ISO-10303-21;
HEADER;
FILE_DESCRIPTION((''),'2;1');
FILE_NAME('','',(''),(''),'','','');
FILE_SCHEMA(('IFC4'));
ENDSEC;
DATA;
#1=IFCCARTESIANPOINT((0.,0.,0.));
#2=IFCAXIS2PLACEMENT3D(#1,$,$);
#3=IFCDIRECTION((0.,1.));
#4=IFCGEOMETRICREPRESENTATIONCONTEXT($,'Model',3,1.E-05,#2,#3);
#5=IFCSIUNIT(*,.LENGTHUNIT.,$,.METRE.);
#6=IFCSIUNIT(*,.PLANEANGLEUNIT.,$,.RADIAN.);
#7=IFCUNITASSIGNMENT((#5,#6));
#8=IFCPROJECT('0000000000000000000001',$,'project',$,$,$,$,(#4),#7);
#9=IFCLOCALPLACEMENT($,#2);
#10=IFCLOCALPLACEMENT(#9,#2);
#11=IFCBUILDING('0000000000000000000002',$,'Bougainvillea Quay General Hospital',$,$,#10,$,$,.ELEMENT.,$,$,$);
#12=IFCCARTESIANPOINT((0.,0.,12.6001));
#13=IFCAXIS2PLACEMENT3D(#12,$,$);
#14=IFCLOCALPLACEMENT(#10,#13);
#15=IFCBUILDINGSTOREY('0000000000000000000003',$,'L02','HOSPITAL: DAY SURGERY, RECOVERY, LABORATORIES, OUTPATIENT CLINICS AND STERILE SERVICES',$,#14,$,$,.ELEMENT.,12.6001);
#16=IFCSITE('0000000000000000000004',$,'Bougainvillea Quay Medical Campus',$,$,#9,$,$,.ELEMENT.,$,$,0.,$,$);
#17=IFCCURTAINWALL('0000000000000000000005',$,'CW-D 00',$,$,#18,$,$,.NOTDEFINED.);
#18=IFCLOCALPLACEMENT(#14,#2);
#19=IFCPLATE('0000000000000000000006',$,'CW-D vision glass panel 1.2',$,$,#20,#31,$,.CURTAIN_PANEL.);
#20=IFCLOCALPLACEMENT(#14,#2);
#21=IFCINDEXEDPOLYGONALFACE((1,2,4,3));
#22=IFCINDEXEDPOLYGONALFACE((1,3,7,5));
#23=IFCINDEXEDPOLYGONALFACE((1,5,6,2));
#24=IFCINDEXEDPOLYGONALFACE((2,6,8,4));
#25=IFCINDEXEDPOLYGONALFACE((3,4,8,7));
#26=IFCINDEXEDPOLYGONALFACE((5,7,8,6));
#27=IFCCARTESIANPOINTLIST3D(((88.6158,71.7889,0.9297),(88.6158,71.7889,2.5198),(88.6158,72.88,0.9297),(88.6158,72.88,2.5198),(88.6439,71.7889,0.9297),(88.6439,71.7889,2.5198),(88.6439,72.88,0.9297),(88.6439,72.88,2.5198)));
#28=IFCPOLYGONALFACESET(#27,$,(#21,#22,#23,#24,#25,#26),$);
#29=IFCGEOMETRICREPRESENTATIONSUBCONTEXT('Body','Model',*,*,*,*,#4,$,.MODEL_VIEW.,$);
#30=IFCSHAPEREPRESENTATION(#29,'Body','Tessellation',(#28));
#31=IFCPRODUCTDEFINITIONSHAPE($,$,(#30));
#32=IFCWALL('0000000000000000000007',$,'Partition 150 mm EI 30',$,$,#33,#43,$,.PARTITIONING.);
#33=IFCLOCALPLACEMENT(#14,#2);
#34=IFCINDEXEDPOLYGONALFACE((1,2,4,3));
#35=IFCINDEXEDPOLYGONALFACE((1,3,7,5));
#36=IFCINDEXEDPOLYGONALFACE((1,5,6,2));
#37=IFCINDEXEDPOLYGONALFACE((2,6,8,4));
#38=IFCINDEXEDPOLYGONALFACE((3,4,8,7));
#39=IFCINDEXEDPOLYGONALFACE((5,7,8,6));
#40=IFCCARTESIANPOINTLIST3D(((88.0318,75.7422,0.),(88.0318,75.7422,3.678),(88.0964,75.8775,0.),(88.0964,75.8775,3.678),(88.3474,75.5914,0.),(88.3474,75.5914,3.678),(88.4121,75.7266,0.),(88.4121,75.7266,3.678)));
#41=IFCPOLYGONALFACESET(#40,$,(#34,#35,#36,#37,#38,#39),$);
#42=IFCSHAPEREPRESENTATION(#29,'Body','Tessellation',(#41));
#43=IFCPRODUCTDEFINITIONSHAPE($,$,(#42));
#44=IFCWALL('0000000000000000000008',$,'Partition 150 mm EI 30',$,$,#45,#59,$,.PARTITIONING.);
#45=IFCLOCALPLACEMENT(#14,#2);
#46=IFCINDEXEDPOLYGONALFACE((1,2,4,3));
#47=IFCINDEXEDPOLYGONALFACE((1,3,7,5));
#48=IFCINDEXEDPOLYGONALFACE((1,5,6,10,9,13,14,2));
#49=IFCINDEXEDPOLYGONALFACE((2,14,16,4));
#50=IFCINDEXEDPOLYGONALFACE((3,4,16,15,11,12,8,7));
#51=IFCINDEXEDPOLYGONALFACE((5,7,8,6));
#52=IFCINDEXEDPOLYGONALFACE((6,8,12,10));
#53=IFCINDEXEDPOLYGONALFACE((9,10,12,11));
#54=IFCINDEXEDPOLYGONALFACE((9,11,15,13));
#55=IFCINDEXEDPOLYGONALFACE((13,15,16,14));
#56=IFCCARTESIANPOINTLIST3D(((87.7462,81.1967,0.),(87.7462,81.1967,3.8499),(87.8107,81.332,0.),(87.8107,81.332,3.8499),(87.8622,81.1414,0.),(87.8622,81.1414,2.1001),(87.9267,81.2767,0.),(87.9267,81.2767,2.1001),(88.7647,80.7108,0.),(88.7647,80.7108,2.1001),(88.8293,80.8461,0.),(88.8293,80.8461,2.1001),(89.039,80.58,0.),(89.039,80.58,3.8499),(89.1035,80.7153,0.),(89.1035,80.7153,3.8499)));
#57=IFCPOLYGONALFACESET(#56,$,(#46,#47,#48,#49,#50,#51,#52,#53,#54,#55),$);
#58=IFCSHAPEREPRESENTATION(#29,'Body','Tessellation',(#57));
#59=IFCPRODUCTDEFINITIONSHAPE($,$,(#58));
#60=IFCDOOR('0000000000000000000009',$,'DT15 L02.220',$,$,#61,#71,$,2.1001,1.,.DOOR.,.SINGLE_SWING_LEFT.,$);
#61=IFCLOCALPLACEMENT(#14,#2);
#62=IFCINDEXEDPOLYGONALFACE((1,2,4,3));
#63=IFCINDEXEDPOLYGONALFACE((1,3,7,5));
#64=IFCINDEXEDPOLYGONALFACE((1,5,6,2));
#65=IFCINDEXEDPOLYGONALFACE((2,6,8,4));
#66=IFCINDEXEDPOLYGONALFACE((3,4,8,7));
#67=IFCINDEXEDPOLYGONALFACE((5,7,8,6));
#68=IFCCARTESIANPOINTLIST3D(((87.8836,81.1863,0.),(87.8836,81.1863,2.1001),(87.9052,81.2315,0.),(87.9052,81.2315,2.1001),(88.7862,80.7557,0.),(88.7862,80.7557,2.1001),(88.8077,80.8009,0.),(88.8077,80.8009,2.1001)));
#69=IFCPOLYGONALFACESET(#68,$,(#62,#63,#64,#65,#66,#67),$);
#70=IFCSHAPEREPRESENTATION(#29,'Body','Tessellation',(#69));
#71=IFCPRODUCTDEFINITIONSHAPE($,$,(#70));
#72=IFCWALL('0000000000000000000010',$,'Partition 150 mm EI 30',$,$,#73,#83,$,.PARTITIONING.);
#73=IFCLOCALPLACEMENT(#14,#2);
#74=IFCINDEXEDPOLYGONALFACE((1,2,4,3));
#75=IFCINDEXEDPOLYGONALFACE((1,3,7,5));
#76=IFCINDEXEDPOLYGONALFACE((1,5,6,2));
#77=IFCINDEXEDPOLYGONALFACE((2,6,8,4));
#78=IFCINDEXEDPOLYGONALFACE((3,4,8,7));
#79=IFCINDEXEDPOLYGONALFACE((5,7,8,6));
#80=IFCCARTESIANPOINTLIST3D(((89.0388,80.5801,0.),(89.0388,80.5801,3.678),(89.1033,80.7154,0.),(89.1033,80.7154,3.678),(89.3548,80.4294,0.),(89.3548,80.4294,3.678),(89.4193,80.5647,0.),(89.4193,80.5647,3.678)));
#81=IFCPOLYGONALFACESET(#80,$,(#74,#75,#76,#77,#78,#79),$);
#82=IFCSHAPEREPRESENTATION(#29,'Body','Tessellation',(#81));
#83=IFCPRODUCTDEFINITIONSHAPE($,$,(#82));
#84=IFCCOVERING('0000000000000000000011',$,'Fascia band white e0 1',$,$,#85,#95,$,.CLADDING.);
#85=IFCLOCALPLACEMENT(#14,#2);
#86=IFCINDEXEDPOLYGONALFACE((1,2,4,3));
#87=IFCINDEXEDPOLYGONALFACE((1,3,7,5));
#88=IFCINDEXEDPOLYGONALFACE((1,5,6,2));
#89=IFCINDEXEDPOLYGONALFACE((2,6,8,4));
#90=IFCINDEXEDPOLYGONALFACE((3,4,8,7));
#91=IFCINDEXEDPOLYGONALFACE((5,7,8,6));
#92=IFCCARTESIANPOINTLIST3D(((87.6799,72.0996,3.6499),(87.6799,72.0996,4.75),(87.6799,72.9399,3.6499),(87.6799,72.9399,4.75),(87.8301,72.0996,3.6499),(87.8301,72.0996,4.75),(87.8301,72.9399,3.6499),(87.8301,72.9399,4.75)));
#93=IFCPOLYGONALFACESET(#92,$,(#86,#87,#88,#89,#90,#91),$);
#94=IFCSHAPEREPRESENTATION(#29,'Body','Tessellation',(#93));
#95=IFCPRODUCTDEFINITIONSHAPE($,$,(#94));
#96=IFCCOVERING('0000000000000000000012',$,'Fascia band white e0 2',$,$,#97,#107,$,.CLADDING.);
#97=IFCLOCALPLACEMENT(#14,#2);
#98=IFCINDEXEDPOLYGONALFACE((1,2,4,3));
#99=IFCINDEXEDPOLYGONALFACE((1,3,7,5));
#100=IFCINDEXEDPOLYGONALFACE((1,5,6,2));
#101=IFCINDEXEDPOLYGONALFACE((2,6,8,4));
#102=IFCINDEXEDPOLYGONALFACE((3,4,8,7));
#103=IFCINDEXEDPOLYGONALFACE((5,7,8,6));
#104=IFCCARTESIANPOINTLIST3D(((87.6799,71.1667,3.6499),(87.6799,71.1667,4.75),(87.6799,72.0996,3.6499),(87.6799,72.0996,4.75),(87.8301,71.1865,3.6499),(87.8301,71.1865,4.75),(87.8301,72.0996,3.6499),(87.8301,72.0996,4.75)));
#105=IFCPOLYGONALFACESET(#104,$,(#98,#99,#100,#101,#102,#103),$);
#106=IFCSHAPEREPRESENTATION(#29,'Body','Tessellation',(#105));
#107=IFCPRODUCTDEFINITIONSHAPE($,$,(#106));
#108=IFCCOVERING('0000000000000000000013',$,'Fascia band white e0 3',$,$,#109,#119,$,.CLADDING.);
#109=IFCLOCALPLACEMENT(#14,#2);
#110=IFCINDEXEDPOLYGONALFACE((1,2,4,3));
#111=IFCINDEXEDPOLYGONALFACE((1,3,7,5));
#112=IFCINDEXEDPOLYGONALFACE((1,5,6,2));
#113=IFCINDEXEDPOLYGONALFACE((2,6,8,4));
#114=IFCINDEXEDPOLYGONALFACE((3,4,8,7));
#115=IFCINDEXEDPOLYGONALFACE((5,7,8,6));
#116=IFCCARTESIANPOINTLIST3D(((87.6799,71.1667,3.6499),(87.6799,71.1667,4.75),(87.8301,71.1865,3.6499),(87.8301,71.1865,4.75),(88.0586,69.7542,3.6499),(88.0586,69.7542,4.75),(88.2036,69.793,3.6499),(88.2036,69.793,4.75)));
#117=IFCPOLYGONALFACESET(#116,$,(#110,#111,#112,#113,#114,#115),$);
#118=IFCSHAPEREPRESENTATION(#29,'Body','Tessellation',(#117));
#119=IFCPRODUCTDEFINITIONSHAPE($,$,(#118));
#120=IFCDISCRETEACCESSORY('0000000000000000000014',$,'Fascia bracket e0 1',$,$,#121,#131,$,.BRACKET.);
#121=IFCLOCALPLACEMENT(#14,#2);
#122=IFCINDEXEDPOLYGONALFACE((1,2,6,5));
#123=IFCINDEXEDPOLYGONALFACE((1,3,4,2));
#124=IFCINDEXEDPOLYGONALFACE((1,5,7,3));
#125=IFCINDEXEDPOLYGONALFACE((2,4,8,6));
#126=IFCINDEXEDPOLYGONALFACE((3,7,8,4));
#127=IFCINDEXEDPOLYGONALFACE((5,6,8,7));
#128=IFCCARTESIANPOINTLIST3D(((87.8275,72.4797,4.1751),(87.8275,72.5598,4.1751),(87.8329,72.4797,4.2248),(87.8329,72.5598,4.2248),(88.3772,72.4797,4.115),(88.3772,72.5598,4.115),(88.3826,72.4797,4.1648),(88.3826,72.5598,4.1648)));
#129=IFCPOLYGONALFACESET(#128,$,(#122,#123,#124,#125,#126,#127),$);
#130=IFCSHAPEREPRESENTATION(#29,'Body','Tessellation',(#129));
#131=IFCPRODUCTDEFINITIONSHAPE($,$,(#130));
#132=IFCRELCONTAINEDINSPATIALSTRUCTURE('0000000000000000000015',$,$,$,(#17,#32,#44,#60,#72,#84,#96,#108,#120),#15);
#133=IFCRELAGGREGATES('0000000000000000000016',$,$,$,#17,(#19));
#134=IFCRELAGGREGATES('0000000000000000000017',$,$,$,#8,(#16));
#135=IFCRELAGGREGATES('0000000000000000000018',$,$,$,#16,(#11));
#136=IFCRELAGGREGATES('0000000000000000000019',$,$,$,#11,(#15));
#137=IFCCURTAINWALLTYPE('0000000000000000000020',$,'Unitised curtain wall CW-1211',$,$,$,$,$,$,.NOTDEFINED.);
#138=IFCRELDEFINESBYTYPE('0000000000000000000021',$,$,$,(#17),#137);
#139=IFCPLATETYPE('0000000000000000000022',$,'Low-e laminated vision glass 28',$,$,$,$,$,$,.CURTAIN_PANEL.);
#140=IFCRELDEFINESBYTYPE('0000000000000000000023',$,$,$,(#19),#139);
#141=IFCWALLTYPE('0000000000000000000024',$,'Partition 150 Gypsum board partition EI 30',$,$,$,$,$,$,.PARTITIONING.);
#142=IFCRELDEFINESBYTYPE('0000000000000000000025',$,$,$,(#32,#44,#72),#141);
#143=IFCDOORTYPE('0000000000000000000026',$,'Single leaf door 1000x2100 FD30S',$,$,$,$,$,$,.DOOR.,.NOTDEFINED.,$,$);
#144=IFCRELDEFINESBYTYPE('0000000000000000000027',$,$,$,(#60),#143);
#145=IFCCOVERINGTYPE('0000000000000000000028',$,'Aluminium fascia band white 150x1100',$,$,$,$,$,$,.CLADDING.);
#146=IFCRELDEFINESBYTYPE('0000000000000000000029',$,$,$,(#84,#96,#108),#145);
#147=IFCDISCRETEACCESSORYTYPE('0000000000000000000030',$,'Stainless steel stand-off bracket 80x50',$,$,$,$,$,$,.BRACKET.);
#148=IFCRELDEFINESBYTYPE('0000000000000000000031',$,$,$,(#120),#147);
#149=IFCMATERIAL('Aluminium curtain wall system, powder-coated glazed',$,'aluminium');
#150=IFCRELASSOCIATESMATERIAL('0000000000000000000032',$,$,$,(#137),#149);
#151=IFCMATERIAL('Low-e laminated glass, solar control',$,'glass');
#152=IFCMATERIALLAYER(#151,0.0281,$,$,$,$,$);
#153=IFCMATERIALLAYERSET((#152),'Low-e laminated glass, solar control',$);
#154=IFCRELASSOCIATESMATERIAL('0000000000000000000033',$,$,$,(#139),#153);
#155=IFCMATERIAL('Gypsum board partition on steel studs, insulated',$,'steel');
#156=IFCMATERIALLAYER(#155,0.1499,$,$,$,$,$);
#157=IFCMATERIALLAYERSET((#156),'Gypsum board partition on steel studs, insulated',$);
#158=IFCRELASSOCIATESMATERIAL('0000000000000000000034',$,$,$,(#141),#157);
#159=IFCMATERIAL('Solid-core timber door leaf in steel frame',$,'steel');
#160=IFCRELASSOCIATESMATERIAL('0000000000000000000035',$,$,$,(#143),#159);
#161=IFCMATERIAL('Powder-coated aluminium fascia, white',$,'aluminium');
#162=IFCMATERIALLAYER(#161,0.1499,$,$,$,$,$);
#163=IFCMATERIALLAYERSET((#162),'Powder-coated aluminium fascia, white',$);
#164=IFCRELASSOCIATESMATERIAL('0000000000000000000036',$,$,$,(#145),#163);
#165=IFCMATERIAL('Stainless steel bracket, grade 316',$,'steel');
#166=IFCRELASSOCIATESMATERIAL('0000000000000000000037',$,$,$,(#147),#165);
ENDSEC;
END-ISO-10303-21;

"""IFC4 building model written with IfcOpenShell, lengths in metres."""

from ifc_helpers import new_model, si_unit, direction, frame, frame_2d, origin, origin_2d, place, context, subcontext, project, spatial, polyline, rectangle, outline, extrude, material, layer, layer_set, material_profile, profile_set, type_object, element, fill, aggregate, save


model = new_model("IFC4")

# Units and contexts
model_context = context("Model", 3, precision=1e-05, world=origin(), true_north=direction((0.0, 1.0)))
body_context = subcontext(model_context, "Body", "Model", "MODEL_VIEW")
ifc_project = project(units=[si_unit("LENGTHUNIT", "METRE"), si_unit("PLANEANGLEUNIT", "RADIAN")], contexts=[model_context])

# Site, building, storey
site_placement = place(None, origin())
site = spatial("IfcSite", under=ifc_project, at=site_placement, Name="Bougainvillea Quay Medical Campus", CompositionType="ELEMENT", RefElevation=0.0)
building_placement = place(site_placement, origin())
building = spatial("IfcBuilding", under=site, at=building_placement, Name="Bougainvillea Quay General Hospital", CompositionType="ELEMENT")
storey_placement = place(building_placement, frame((0.0, 0.0, 12.6001)))
storey = spatial("IfcBuildingStorey", under=building, at=storey_placement, Name="L02", Description="HOSPITAL: DAY SURGERY, RECOVERY, LABORATORIES, OUTPATIENT CLINICS AND STERILE SERVICES", CompositionType="ELEMENT", Elevation=12.6001)

# Shared definitions
ifc_material_1 = material(Name="Aluminium curtain wall system, powder-coated glazed", Category="aluminium")

# Curtain wall
curtain_wall_type_1 = type_object("IfcCurtainWallType", Name="Unitised curtain wall CW-1211", PredefinedType="NOTDEFINED", material=ifc_material_1)
curtain_wall_1_placement = place(storey_placement, origin())
curtain_wall_1 = element("IfcCurtainWall", 1, at=curtain_wall_1_placement, inside=storey, type_object=curtain_wall_type_1, Name="CW-D 00", PredefinedType="NOTDEFINED")

# Plate
ifc_material_2 = material(Name="Low-e laminated glass, solar control", Category="glass")
ifc_layer_1 = layer(ifc_material_2, 0.0281)
ifc_layer_set_1 = layer_set([ifc_layer_1], Name="Low-e laminated glass, solar control")
plate_type_1 = type_object("IfcPlateType", Name="Low-e laminated vision glass 28", PredefinedType="CURTAIN_PANEL", material=ifc_layer_set_1)
plate_1_placement = place(storey_placement, frame((88.6299, 72.3345, 0.9297), z_axis=(0.0, 0.0, 1.0), x_axis=(0.0, -1.0, 0.0)))
plate_1 = element("IfcPlate", 2, at=plate_1_placement, type_object=plate_type_1, Name="CW-D vision glass panel 1.2", PredefinedType="CURTAIN_PANEL", context=body_context, shape_type="SweptSolid", body=[
    extrude(rectangle(XDim=1.0911, YDim=0.0281, at=origin_2d()), origin(), (0.0, 0.0, 1.0), 1.5901),
])
aggregate(curtain_wall_1, [plate_1])

# Wall
ifc_material_3 = material(Name="Gypsum board partition on steel studs, insulated", Category="steel")
ifc_layer_2 = layer(ifc_material_3, 0.1499)
ifc_layer_set_2 = layer_set([ifc_layer_2], Name="Gypsum board partition on steel studs, insulated")
wall_type = type_object("IfcWallType", Name="Partition 150 Gypsum board partition EI 30", PredefinedType="PARTITIONING", material=ifc_layer_set_2)
wall_1_placement = place(storey_placement, frame((88.0642, 75.8098, 0.0), z_axis=(0.0, 0.0, 1.0), x_axis=(0.90224, -0.431233, 0.0)))
element("IfcWall", 3, at=wall_1_placement, inside=storey, type_object=wall_type, Name="Partition 150 mm EI 30", PredefinedType="PARTITIONING", context=body_context, shape_type="SweptSolid", body=[
    extrude(rectangle(XDim=0.3499, YDim=0.1499, at=frame_2d((0.1748, 0.0))), origin(), (0.0, 0.0, 1.0), 3.678),
])

# Wall, opening, door
wall_2_placement = place(storey_placement, frame((87.7783, 81.2644, 0.0), z_axis=(0.0, 0.0, 1.0), x_axis=(0.902558, -0.430569, 0.0)))
wall_2 = element("IfcWall", 4, at=wall_2_placement, inside=storey, type_object=wall_type, Name="Partition 150 mm EI 30", PredefinedType="PARTITIONING", context=body_context, shape_type="SweptSolid", body=[
    extrude(rectangle(XDim=1.4324, YDim=0.1499, at=frame_2d((0.7163, 0.0))), origin(), (0.0, 0.0, 1.0), 3.8499),
])
opening_placement = place(wall_2_placement, frame((0.1287, 0.0, 0.0)))
opening = element("IfcOpeningElement", 5, at=opening_placement, cuts=wall_2, PredefinedType="OPENING", context=body_context, shape_type="SweptSolid", body=[
    extrude(rectangle(XDim=1.0, YDim=2.1001, at=frame_2d((0.5, 1.05))), frame((0.0, 0.085, 0.0), z_axis=(0.0, -1.0, 0.0), x_axis=(1.0, 0.0, 0.0)), (0.0, 0.0, 1.0), 0.1699),
])
ifc_material_4 = material(Name="Solid-core timber door leaf in steel frame", Category="steel")
door_type = type_object("IfcDoorType", Name="Single leaf door 1000x2100 FD30S", OperationType="NOTDEFINED", PredefinedType="DOOR", material=ifc_material_4)
door_placement = place(opening_placement, origin())
door = element("IfcDoor", 6, at=door_placement, inside=storey, type_object=door_type, Name="DT15 L02.220", OperationType="SINGLE_SWING_LEFT", OverallHeight=2.1001, OverallWidth=1.0, PredefinedType="DOOR", context=body_context, shape_type="SweptSolid", body=[
    extrude(rectangle(XDim=1.0, YDim=2.1001, at=frame_2d((0.5, 1.05))), frame((0.0, 0.0249, 0.0), z_axis=(0.0, -1.0, 0.0), x_axis=(1.0, 0.0, 0.0)), (0.0, 0.0, 1.0), 0.05),
])
fill(opening, door)

# Wall
wall_3_placement = place(storey_placement, frame((89.071, 80.6477, 0.0), z_axis=(0.0, 0.0, 1.0), x_axis=(0.902641, -0.430394, 0.0)))
element("IfcWall", 7, at=wall_3_placement, inside=storey, type_object=wall_type, Name="Partition 150 mm EI 30", PredefinedType="PARTITIONING", context=body_context, shape_type="SweptSolid", body=[
    extrude(rectangle(XDim=0.3501, YDim=0.1499, at=frame_2d((0.175, 0.0))), origin(), (0.0, 0.0, 1.0), 3.678),
])

# Coverings
ifc_material_5 = material(Name="Powder-coated aluminium fascia, white", Category="aluminium")
ifc_layer_3 = layer(ifc_material_5, 0.1499)
ifc_layer_set_3 = layer_set([ifc_layer_3], Name="Powder-coated aluminium fascia, white")
covering_type = type_object("IfcCoveringType", Name="Aluminium fascia band white 150x1100", PredefinedType="CLADDING", material=ifc_layer_set_3)
covering_1_placement = place(storey_placement, frame((87.8301, 72.9399, 3.6499), z_axis=(0.0, 0.0, 1.0), x_axis=(0.0, -1.0, 0.0)))
element("IfcCovering", 8, at=covering_1_placement, inside=storey, type_object=covering_type, Name="Fascia band white e0 1", PredefinedType="CLADDING", context=body_context, shape_type="SweptSolid", body=[
    extrude(outline(polyline([(0.0, 0.0), (0.8403, 0.0), (0.8403, -0.1501), (0.0, -0.1501), (0.0, 0.0)])), origin(), (0.0, 0.0, 1.0), 1.1001),
])
covering_2_placement = place(storey_placement, frame((87.8301, 72.0996, 3.6499), z_axis=(0.0, 0.0, 1.0), x_axis=(0.0, -1.0, 0.0)))
element("IfcCovering", 9, at=covering_2_placement, inside=storey, type_object=covering_type, Name="Fascia band white e0 2", PredefinedType="CLADDING", context=body_context, shape_type="SweptSolid", body=[
    extrude(outline(polyline([(0.0, 0.0), (0.9131, 0.0), (0.9329, -0.1501), (0.0, -0.1501), (0.0, 0.0)])), origin(), (0.0, 0.0, 1.0), 1.1001),
])
covering_3_placement = place(storey_placement, frame((87.8301, 71.1865, 3.6499), z_axis=(0.0, 0.0, 1.0), x_axis=(0.258905, -0.965903, 0.0)))
element("IfcCovering", 10, at=covering_3_placement, inside=storey, type_object=covering_type, Name="Fascia band white e0 3", PredefinedType="CLADDING", context=body_context, shape_type="SweptSolid", body=[
    extrude(outline(polyline([(0.0, 0.0), (1.4427, 0.0), (1.4427, -0.1501), (-0.0198, -0.1501), (0.0, 0.0)])), origin(), (0.0, 0.0, 1.0), 1.1001),
])

# Discrete accessory
ifc_material_6 = material(Name="Stainless steel bracket, grade 316", Category="steel")
ifc_material_profile_1 = material_profile(ifc_material_6, rectangle(XDim=0.0801, YDim=0.05, at=origin_2d()))
ifc_profile_set_1 = profile_set([ifc_material_profile_1], Name="Stainless steel bracket, grade 316")
discrete_accessory_type = type_object("IfcDiscreteAccessoryType", Name="Stainless steel stand-off bracket 80x50", PredefinedType="BRACKET", material=ifc_profile_set_1)
discrete_accessory_placement = place(storey_placement, frame((88.3799, 72.5198, 4.1399), z_axis=(-0.994087, 0.0, 0.10859), x_axis=(0.0, -1.0, 0.0)))
element("IfcDiscreteAccessory", 11, at=discrete_accessory_placement, inside=storey, type_object=discrete_accessory_type, Name="Fascia bracket e0 1", PredefinedType="BRACKET", context=body_context, shape_type="SweptSolid", body=[
    extrude(rectangle(XDim=0.0801, YDim=0.05, at=origin_2d()), origin(), (0.0, 0.0, 1.0), 0.553),
])

save(model, "model.ifc")
